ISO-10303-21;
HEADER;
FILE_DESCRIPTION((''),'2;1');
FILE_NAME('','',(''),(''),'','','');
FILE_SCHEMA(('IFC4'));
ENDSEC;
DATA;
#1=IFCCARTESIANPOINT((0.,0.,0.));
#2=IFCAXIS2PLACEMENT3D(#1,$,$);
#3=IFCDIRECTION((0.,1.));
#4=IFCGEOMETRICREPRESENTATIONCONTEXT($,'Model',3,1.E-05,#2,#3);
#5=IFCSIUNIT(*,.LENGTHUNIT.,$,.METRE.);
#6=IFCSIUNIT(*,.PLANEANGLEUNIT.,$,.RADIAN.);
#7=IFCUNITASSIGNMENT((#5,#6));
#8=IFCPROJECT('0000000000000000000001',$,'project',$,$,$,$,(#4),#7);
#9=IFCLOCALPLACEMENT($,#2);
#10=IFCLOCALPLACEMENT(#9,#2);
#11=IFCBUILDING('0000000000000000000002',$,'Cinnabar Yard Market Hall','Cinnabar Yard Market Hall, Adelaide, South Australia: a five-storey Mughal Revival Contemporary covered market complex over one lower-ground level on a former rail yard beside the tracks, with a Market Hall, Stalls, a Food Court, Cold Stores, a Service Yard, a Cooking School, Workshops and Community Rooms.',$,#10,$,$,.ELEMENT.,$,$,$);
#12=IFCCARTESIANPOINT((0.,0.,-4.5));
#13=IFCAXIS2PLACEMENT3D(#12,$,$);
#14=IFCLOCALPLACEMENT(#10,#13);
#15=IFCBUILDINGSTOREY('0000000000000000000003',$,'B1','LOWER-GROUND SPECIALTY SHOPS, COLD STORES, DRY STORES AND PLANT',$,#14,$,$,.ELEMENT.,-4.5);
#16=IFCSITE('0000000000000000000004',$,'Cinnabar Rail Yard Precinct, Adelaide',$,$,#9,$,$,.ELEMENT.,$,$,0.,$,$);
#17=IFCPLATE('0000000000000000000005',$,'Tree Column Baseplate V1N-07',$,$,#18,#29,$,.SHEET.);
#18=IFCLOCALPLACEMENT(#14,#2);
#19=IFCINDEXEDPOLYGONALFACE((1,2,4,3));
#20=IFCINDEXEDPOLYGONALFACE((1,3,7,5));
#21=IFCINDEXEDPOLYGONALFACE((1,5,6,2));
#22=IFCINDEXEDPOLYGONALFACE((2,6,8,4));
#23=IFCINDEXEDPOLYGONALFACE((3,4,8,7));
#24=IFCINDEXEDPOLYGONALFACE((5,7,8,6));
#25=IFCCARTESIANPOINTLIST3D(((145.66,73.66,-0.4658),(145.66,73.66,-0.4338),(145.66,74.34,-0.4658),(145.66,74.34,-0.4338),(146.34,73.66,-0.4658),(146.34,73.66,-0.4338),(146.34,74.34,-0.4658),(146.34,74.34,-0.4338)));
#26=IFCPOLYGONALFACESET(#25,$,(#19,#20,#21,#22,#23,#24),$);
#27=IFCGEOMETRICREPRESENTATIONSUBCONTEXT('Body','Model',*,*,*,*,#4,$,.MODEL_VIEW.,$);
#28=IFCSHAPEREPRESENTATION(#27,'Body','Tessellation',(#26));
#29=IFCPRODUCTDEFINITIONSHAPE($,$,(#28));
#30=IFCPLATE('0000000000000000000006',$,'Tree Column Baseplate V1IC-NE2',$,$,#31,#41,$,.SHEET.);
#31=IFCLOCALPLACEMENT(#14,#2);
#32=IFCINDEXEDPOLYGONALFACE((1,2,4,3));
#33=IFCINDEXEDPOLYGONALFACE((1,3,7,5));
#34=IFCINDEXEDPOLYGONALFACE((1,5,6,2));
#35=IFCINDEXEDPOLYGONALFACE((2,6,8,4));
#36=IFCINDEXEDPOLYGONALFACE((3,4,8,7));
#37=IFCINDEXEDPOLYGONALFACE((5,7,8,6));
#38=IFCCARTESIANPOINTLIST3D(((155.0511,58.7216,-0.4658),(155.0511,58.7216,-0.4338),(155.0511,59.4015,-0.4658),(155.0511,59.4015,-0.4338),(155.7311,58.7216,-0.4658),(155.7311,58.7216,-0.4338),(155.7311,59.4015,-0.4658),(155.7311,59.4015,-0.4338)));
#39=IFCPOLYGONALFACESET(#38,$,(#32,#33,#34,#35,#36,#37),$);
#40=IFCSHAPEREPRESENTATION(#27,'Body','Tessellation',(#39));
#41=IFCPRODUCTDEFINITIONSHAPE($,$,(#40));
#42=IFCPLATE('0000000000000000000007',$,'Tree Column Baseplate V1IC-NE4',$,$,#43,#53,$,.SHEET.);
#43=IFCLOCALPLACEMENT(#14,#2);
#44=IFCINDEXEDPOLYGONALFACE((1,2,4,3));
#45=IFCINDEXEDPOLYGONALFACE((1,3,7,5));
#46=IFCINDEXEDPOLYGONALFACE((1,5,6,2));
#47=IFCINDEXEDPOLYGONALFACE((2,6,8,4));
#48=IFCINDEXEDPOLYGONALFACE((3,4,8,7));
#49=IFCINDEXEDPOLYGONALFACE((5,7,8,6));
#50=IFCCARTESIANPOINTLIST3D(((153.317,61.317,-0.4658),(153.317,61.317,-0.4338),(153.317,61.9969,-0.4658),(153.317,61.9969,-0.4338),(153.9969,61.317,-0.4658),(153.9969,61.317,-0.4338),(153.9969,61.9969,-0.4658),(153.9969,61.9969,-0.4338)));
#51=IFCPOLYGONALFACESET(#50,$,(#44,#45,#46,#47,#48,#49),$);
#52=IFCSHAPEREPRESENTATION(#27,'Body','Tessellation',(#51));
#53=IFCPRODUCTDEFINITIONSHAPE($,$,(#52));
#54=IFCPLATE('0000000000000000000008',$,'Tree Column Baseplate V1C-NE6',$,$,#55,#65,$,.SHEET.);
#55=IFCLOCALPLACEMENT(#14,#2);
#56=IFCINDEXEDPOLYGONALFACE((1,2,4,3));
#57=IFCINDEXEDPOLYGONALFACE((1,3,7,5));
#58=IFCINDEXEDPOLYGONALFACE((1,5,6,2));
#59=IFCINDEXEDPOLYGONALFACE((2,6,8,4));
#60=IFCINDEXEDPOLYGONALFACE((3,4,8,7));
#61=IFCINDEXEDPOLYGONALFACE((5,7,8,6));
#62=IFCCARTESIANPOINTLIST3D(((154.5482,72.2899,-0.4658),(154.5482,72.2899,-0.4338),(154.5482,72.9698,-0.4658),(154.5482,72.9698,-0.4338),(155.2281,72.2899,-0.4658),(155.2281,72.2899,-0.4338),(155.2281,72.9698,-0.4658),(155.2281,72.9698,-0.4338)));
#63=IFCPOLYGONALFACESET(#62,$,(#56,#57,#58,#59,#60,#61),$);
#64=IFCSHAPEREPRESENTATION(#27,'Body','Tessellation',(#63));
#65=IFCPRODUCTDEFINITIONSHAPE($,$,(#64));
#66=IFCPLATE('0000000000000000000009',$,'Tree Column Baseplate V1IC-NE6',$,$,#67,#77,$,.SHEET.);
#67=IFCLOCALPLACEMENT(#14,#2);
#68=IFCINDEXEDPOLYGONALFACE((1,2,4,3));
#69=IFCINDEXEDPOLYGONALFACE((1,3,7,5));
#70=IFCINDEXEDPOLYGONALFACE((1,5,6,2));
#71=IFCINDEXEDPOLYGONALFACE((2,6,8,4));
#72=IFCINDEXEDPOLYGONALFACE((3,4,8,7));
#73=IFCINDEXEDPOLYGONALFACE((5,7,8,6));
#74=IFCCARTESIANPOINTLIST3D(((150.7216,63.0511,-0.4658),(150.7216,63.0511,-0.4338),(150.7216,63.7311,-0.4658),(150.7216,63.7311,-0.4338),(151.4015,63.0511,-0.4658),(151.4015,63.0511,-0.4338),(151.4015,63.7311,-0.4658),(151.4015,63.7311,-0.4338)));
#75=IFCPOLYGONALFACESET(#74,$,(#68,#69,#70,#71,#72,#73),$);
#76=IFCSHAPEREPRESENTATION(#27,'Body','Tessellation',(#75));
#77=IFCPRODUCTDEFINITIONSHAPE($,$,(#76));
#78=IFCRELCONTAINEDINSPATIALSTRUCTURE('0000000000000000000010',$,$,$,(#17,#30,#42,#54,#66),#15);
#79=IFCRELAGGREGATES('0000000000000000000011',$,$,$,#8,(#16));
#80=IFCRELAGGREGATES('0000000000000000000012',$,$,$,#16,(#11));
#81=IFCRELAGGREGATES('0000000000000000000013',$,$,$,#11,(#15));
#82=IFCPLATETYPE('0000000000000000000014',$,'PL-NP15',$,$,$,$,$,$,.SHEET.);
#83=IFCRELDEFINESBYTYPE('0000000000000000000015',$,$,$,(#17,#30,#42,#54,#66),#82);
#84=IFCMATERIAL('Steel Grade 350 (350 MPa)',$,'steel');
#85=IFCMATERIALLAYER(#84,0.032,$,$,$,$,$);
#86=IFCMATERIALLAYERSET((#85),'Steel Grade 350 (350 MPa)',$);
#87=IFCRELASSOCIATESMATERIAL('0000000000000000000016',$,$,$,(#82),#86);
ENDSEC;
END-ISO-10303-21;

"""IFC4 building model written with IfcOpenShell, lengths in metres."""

from ifc_helpers import new_model, si_unit, direction, frame, origin, origin_2d_with_axis, place, context, subcontext, project, spatial, rectangle, extrude, material, layer, layer_set, type_object, element, save


model = new_model("IFC4")

# Units and contexts
model_context = context("Model", 3, precision=1e-05, world=origin(), true_north=direction((0.0, 1.0)))
body_context = subcontext(model_context, "Body", "Model", "MODEL_VIEW")
ifc_project = project(units=[si_unit("LENGTHUNIT", "METRE"), si_unit("PLANEANGLEUNIT", "RADIAN")], contexts=[model_context])

# Site, building, storey
site_placement = place(None, origin())
site = spatial("IfcSite", under=ifc_project, at=site_placement, Name="Cinnabar Rail Yard Precinct, Adelaide", CompositionType="ELEMENT", RefElevation=0.0)
building_placement = place(site_placement, origin())
building = spatial("IfcBuilding", under=site, at=building_placement, Name="Cinnabar Yard Market Hall", Description="Cinnabar Yard Market Hall, Adelaide, South Australia: a five-storey Mughal Revival Contemporary covered market complex over one lower-ground level on a former rail yard beside the tracks, with a Market Hall, Stalls, a Food Court, Cold Stores, a Service Yard, a Cooking School, Workshops and Community Rooms.", CompositionType="ELEMENT")
storey_placement = place(building_placement, frame((0.0, 0.0, -4.5)))
storey = spatial("IfcBuildingStorey", under=building, at=storey_placement, Name="B1", Description="LOWER-GROUND SPECIALTY SHOPS, COLD STORES, DRY STORES AND PLANT", CompositionType="ELEMENT", Elevation=-4.5)

# Plates
ifc_material_1 = material(Name="Steel Grade 350 (350 MPa)", Category="steel")
ifc_layer_1 = layer(ifc_material_1, 0.032)
ifc_layer_set_1 = layer_set([ifc_layer_1], Name="Steel Grade 350 (350 MPa)")
plate_type = type_object("IfcPlateType", Name="PL-NP15", PredefinedType="SHEET", material=ifc_layer_set_1)
for number, where, z_axis, x_axis, name in (
    (1, (146.0, 74.0, -0.4658), (0.0, 0.0, 1.0), (1.0, 0.0, 0.0), "Tree Column Baseplate V1N-07"),
    (2, (155.3911, 59.0615, -0.4658), (0.0, 0.0, 1.0), (1.0, 0.0, 0.0), "Tree Column Baseplate V1IC-NE2"),
    (3, (153.657, 61.657, -0.4658), (0.0, 0.0, 1.0), (1.0, 0.0, 0.0), "Tree Column Baseplate V1IC-NE4"),
    (4, (154.8882, 72.6299, -0.4658), (0.0, 0.0, 1.0), (1.0, 0.0, 0.0), "Tree Column Baseplate V1C-NE6"),
    (5, (151.0615, 63.3911, -0.4658), (0.0, 0.0, 1.0), (1.0, 0.0, 0.0), "Tree Column Baseplate V1IC-NE6"),
):
    element("IfcPlate", number, at=place(storey_placement, frame(where, z_axis=z_axis, x_axis=x_axis)), inside=storey, type_object=plate_type, Name=name, PredefinedType="SHEET", context=body_context, shape_type="SweptSolid", body=[
        extrude(rectangle(XDim=0.6799, YDim=0.6799, at=origin_2d_with_axis()), origin(), (0.0, 0.0, 1.0), 0.032),
    ])

save(model, "model.ifc")
